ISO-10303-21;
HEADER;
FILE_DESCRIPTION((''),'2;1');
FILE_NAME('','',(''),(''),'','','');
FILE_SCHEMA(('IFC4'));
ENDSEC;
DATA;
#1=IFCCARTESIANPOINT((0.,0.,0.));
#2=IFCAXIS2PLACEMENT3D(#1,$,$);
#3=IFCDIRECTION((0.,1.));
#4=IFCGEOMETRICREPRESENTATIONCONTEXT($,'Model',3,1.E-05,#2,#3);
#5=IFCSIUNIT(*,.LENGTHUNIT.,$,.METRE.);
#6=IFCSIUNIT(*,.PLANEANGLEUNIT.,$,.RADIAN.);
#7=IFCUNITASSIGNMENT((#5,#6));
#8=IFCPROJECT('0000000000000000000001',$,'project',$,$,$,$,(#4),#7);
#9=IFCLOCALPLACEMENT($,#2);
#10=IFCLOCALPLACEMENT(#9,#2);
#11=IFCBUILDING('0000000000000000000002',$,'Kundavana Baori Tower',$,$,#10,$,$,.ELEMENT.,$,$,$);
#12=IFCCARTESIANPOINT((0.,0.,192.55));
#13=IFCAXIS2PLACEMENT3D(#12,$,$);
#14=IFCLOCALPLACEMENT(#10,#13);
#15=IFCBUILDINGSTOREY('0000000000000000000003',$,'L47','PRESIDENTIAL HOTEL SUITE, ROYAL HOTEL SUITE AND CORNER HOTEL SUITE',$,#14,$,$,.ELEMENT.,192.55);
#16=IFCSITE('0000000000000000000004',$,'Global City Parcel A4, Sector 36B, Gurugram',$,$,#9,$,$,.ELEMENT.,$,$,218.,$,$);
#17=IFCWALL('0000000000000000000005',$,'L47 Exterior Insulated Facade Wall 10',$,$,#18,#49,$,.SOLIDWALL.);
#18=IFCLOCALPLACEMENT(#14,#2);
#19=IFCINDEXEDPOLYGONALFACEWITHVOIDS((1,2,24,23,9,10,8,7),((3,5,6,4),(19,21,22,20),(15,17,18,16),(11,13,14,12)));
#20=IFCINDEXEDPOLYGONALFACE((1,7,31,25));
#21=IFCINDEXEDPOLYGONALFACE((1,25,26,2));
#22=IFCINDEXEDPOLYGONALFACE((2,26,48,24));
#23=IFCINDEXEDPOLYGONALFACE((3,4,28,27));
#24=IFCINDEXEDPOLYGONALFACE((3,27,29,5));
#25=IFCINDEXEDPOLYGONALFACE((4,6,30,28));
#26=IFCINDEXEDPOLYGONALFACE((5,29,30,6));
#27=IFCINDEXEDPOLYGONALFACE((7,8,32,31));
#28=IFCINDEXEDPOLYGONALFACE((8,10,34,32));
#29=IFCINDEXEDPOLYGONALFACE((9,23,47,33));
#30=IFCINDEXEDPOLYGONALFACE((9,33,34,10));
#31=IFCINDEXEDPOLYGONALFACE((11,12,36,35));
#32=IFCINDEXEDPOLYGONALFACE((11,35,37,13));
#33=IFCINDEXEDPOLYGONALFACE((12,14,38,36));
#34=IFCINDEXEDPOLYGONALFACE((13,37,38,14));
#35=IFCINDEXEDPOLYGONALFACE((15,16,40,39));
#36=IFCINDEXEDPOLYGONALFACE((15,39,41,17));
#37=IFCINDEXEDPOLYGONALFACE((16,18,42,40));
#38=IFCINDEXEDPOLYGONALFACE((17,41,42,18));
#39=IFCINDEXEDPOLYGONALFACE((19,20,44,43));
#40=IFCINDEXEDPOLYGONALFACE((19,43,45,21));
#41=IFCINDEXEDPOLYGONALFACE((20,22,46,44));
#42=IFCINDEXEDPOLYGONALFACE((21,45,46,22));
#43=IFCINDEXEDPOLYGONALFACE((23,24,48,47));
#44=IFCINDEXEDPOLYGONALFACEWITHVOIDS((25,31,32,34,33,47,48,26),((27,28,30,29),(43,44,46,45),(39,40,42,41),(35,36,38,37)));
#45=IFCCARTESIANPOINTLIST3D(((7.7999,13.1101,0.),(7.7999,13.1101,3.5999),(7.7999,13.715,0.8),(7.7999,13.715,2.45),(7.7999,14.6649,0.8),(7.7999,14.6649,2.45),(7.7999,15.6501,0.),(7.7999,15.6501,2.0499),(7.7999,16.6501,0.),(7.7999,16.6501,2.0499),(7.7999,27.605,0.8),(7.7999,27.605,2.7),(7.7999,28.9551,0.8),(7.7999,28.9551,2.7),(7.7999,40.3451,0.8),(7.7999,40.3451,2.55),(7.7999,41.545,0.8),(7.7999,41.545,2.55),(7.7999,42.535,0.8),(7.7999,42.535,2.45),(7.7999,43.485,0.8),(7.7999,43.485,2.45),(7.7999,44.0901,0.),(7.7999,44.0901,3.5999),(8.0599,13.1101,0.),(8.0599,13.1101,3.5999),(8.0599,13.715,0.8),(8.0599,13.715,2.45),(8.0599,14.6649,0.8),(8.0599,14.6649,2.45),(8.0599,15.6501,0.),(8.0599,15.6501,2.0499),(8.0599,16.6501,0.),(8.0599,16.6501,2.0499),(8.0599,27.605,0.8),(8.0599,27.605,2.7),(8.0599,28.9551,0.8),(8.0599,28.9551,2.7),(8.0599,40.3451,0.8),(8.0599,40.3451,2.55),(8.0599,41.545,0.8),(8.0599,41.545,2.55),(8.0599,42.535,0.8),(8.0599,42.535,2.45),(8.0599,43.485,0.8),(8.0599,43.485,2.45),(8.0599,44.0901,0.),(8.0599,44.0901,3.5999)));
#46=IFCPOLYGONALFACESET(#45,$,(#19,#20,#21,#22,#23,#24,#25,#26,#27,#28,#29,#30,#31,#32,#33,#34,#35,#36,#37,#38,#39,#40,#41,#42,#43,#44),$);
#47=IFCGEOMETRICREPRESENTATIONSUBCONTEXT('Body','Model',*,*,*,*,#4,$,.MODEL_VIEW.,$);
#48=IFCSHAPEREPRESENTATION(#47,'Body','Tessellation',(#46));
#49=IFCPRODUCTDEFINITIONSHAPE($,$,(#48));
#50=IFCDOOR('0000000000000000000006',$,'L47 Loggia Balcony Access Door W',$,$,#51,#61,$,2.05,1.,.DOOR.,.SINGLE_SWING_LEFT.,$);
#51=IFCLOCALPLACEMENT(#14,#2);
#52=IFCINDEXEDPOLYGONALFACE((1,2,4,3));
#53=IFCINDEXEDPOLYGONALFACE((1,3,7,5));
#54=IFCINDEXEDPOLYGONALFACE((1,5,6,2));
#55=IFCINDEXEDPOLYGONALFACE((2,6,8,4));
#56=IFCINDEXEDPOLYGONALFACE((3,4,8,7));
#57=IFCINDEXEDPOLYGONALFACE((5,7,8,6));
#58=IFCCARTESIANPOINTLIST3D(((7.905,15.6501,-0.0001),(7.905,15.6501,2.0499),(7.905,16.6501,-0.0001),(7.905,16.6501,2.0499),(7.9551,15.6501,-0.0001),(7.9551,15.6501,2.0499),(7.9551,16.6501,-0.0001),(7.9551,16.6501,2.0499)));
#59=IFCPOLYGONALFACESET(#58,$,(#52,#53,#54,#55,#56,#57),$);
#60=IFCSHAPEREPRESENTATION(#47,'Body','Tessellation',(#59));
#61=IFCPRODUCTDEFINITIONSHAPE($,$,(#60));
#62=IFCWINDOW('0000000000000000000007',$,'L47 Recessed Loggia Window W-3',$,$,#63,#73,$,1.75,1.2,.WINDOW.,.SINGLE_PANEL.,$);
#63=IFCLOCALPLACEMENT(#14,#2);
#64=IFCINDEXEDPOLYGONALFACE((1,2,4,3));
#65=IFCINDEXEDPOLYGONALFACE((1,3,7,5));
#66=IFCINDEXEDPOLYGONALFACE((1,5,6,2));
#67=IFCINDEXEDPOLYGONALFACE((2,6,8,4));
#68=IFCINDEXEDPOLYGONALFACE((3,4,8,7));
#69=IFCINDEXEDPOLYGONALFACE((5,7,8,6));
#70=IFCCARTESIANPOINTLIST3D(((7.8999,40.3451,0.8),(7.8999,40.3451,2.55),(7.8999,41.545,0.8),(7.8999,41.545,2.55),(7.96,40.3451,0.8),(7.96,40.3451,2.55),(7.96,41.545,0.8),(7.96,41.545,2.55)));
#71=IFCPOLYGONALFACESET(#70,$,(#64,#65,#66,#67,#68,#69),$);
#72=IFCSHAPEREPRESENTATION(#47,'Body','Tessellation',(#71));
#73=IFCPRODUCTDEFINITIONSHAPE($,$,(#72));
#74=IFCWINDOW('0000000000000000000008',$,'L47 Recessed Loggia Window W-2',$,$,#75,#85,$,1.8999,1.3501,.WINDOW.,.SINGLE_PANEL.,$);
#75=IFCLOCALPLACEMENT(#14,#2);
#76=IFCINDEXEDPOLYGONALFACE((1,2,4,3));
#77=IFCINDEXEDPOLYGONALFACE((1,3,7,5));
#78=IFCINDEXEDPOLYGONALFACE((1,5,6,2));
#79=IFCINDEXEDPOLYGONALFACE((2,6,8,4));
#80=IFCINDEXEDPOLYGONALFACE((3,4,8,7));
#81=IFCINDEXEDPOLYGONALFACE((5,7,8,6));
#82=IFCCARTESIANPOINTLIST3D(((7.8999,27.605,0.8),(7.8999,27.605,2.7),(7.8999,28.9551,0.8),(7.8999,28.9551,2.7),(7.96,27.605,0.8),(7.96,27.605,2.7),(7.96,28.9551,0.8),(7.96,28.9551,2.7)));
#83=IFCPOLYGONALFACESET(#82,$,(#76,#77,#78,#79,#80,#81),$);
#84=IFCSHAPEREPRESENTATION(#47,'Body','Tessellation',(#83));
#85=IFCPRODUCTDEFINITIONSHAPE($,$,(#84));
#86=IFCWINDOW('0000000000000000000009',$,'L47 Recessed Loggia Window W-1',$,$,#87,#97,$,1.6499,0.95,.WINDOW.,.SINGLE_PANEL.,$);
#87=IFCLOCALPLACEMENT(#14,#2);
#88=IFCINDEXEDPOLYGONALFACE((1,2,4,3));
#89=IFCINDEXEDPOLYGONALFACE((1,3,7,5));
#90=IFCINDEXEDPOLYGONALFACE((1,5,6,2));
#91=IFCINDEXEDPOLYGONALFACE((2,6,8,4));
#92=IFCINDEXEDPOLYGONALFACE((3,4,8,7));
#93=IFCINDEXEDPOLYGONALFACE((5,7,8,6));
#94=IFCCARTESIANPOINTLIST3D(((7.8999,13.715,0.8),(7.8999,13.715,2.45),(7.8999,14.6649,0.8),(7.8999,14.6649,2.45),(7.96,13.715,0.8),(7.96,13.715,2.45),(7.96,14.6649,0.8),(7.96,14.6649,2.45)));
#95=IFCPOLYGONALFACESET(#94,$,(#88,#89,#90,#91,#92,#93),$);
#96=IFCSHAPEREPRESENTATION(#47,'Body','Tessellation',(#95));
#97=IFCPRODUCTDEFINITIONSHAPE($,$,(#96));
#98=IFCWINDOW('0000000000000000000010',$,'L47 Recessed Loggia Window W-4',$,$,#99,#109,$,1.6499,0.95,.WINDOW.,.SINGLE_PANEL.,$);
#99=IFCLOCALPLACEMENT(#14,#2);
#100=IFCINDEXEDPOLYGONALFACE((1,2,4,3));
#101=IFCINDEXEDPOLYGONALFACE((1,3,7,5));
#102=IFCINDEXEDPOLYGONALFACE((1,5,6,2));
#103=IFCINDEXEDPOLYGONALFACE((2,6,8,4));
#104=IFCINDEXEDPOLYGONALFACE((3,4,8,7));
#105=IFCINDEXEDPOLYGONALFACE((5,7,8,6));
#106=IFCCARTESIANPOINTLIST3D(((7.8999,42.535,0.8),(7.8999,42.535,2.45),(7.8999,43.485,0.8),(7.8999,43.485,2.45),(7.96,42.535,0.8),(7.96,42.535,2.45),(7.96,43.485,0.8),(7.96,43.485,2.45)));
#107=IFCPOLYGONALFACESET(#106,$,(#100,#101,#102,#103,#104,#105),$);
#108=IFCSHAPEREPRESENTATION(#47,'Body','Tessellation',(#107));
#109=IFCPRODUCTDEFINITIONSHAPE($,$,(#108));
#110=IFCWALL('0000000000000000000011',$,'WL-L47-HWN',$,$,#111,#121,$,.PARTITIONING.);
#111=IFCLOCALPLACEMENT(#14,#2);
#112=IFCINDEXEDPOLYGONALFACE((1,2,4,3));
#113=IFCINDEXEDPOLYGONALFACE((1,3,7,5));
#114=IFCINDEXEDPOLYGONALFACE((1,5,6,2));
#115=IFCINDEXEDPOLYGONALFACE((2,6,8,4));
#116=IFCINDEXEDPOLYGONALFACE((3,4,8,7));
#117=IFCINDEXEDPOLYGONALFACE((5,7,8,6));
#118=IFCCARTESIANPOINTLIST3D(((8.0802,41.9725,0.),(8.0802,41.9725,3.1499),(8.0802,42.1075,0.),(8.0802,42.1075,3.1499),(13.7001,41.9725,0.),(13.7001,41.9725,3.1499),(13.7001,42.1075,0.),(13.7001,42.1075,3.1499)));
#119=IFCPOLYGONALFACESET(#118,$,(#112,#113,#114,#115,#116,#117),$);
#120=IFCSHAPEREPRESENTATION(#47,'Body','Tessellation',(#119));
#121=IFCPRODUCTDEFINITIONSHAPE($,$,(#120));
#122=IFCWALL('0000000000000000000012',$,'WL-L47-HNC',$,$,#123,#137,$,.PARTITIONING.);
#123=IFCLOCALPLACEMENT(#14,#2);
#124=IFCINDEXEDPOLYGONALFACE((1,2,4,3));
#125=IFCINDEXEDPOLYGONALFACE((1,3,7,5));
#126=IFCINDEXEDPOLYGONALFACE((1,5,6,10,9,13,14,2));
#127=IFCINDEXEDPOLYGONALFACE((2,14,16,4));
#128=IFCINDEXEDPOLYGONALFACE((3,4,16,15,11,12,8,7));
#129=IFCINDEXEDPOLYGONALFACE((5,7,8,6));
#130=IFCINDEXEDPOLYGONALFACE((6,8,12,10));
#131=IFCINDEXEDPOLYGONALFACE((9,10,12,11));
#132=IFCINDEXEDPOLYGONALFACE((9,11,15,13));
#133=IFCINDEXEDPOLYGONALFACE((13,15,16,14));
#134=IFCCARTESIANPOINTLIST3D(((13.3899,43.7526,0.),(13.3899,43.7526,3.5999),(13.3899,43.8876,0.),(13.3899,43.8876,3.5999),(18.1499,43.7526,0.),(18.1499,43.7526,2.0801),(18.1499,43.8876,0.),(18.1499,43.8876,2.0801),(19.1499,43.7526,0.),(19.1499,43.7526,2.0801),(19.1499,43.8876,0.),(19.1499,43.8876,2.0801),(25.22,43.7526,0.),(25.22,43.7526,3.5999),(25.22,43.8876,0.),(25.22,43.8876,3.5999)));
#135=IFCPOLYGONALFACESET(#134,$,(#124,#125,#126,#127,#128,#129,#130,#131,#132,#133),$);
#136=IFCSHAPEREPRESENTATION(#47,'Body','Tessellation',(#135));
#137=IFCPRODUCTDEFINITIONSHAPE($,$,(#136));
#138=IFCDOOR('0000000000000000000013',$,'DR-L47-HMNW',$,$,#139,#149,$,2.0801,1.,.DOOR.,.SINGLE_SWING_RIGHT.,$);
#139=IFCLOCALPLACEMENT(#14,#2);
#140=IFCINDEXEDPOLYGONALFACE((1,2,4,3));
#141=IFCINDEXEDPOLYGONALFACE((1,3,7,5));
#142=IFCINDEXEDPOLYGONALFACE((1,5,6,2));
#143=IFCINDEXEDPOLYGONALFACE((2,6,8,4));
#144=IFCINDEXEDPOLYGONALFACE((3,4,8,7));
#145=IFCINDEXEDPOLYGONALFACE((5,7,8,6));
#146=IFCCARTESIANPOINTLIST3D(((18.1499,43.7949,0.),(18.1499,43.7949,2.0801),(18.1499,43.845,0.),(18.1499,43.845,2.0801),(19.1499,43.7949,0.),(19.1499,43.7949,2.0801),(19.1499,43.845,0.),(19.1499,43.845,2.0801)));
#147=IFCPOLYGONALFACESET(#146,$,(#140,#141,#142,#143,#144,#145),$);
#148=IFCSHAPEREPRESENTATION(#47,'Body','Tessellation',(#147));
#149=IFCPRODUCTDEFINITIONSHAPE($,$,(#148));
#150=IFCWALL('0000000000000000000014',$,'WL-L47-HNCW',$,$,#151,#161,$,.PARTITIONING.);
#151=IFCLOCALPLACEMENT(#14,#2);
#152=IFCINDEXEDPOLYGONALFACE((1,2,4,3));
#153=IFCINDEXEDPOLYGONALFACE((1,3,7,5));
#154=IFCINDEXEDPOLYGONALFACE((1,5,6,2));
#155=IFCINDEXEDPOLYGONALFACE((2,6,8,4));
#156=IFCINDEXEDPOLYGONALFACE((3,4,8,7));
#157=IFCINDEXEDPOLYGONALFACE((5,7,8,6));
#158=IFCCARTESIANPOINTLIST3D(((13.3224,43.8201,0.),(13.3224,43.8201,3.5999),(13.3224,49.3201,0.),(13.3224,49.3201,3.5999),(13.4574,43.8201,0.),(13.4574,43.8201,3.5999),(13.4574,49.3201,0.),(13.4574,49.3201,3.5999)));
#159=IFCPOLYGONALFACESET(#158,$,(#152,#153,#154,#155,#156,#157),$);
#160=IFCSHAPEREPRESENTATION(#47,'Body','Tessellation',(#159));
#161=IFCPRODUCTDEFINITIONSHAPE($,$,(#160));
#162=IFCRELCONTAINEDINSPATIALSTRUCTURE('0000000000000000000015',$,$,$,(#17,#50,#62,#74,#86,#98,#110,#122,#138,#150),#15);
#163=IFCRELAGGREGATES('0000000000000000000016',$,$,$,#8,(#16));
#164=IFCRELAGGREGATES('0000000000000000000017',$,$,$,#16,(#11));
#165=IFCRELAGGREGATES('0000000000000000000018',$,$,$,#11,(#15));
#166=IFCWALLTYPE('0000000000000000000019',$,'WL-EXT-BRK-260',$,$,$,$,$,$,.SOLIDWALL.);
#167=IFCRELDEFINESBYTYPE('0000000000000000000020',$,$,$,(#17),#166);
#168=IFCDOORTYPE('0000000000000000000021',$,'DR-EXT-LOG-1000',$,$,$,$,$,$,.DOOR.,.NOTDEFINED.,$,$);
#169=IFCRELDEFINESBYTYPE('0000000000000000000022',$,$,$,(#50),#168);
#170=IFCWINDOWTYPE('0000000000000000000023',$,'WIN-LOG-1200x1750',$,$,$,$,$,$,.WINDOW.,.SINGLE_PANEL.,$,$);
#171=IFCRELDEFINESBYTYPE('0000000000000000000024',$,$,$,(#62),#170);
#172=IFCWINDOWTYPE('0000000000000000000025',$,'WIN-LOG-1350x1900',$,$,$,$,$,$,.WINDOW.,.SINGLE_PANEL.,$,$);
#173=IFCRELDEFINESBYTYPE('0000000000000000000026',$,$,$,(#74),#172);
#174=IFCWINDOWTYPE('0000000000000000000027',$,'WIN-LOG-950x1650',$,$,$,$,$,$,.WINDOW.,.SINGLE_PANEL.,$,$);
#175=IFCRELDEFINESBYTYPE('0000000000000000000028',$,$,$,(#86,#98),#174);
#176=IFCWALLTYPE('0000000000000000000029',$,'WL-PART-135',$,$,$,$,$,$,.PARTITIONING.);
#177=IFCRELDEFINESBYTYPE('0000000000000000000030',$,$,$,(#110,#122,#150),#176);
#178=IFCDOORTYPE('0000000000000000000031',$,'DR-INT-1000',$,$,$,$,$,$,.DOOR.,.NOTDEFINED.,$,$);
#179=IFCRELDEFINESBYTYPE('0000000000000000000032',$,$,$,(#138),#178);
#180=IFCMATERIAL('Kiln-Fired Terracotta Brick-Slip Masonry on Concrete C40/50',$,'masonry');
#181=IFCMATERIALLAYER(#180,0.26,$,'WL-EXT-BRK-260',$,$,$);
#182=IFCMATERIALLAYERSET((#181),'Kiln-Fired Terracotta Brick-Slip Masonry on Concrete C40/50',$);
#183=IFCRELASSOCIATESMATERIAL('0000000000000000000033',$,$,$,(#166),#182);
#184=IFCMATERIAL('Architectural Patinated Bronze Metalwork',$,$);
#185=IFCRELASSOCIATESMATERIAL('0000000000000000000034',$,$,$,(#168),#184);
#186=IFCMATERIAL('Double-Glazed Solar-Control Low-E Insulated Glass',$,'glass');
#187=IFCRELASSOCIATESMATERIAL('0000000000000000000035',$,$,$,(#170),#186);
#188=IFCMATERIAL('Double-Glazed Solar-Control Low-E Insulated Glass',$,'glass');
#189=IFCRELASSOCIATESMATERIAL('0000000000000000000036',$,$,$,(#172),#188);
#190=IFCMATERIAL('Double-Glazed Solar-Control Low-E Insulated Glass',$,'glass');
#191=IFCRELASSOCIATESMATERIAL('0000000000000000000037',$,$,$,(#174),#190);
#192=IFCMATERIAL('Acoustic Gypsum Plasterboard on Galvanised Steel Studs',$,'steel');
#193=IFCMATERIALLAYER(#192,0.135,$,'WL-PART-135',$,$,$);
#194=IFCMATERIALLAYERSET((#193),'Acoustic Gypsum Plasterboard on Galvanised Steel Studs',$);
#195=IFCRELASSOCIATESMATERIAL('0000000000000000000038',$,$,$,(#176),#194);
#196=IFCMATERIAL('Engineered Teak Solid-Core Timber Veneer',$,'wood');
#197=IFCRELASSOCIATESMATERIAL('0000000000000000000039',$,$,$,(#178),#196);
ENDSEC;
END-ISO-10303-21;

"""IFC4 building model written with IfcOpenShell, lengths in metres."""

from ifc_helpers import new_model, si_unit, direction, frame, frame_2d, origin, place, context, subcontext, project, spatial, rectangle, extrude, material, layer, layer_set, type_object, element, fill, save


model = new_model("IFC4")

# Units and contexts
model_context = context("Model", 3, precision=1e-05, world=origin(), true_north=direction((0.0, 1.0)))
body_context = subcontext(model_context, "Body", "Model", "MODEL_VIEW")
ifc_project = project(units=[si_unit("LENGTHUNIT", "METRE"), si_unit("PLANEANGLEUNIT", "RADIAN")], contexts=[model_context])

# Site, building, storey
site_placement = place(None, origin())
site = spatial("IfcSite", under=ifc_project, at=site_placement, Name="Global City Parcel A4, Sector 36B, Gurugram", CompositionType="ELEMENT", RefElevation=218.0)
building_placement = place(site_placement, origin())
building = spatial("IfcBuilding", under=site, at=building_placement, Name="Kundavana Baori Tower", CompositionType="ELEMENT")
storey_placement = place(building_placement, frame((0.0, 0.0, 192.55)))
storey = spatial("IfcBuildingStorey", under=building, at=storey_placement, Name="L47", Description="PRESIDENTIAL HOTEL SUITE, ROYAL HOTEL SUITE AND CORNER HOTEL SUITE", CompositionType="ELEMENT", Elevation=192.55)

# Shared definitions
ifc_material_1 = material(Name="Kiln-Fired Terracotta Brick-Slip Masonry on Concrete C40/50", Category="masonry")
ifc_layer_1 = layer(ifc_material_1, 0.26, Name="WL-EXT-BRK-260")
ifc_layer_set_1 = layer_set([ifc_layer_1], Name="Kiln-Fired Terracotta Brick-Slip Masonry on Concrete C40/50")
wall_type_1 = type_object("IfcWallType", Name="WL-EXT-BRK-260", PredefinedType="SOLIDWALL", material=ifc_layer_set_1)

# Wall, openings, door, windows
wall_1_placement = place(storey_placement, frame((7.9299, 44.0901, 0.0), z_axis=(0.0, 0.0, 1.0), x_axis=(0.0, -1.0, 0.0)))
wall_1 = element("IfcWall", 1, at=wall_1_placement, inside=storey, type_object=wall_type_1, Name="L47 Exterior Insulated Facade Wall 10", PredefinedType="SOLIDWALL", context=body_context, shape_type="SweptSolid", body=[
    extrude(rectangle(XDim=30.98, YDim=0.26, at=frame_2d((15.49, 0.0))), origin(), (0.0, 0.0, 1.0), 3.5999),
])
opening_1_placement = place(wall_1_placement, frame((29.425, 0.0, 0.8)))
opening_1 = element("IfcOpeningElement", 2, at=opening_1_placement, cuts=wall_1, PredefinedType="OPENING", context=body_context, shape_type="SweptSolid", body=[
    extrude(rectangle(XDim=0.95, YDim=1.6499, at=frame_2d((0.4751, 0.825))), frame((0.0, 0.1401, 0.0), z_axis=(0.0, -1.0, 0.0), x_axis=(1.0, 0.0, 0.0)), (0.0, 0.0, 1.0), 0.28),
])
opening_2_placement = place(wall_1_placement, frame((27.4399, 0.0, 0.0)))
opening_2 = element("IfcOpeningElement", 3, at=opening_2_placement, cuts=wall_1, PredefinedType="OPENING", context=body_context, shape_type="SweptSolid", body=[
    extrude(rectangle(XDim=1.0, YDim=2.05, at=frame_2d((0.5, 1.0249))), frame((0.0, 0.1401, 0.0), z_axis=(0.0, -1.0, 0.0), x_axis=(1.0, 0.0, 0.0)), (0.0, 0.0, 1.0), 0.28),
])
opening_3_placement = place(wall_1_placement, frame((15.135, 0.0, 0.8)))
opening_3 = element("IfcOpeningElement", 4, at=opening_3_placement, cuts=wall_1, PredefinedType="OPENING", context=body_context, shape_type="SweptSolid", body=[
    extrude(rectangle(XDim=1.3501, YDim=1.8999, at=frame_2d((0.675, 0.95))), frame((0.0, 0.1401, 0.0), z_axis=(0.0, -1.0, 0.0), x_axis=(1.0, 0.0, 0.0)), (0.0, 0.0, 1.0), 0.28),
])
opening_4_placement = place(wall_1_placement, frame((2.5449, 0.0, 0.8)))
opening_4 = element("IfcOpeningElement", 5, at=opening_4_placement, cuts=wall_1, PredefinedType="OPENING", context=body_context, shape_type="SweptSolid", body=[
    extrude(rectangle(XDim=1.2, YDim=1.75, at=frame_2d((0.6001, 0.875))), frame((0.0, 0.1401, 0.0), z_axis=(0.0, -1.0, 0.0), x_axis=(1.0, 0.0, 0.0)), (0.0, 0.0, 1.0), 0.28),
])
opening_5_placement = place(wall_1_placement, frame((0.605, 0.0, 0.8)))
opening_5 = element("IfcOpeningElement", 6, at=opening_5_placement, cuts=wall_1, PredefinedType="OPENING", context=body_context, shape_type="SweptSolid", body=[
    extrude(rectangle(XDim=0.95, YDim=1.6499, at=frame_2d((0.4751, 0.825))), frame((0.0, 0.1401, 0.0), z_axis=(0.0, -1.0, 0.0), x_axis=(1.0, 0.0, 0.0)), (0.0, 0.0, 1.0), 0.28),
])
ifc_material_2 = material(Name="Architectural Patinated Bronze Metalwork")
door_type_1 = type_object("IfcDoorType", Name="DR-EXT-LOG-1000", OperationType="NOTDEFINED", PredefinedType="DOOR", material=ifc_material_2)
door_1_placement = place(opening_2_placement, frame((1.0, 0.0, 0.0), z_axis=(0.0, 0.0, 1.0), x_axis=(-1.0, 0.0, 0.0)))
door_1 = element("IfcDoor", 7, at=door_1_placement, inside=storey, type_object=door_type_1, Name="L47 Loggia Balcony Access Door W", OperationType="SINGLE_SWING_LEFT", OverallHeight=2.05, OverallWidth=1.0, PredefinedType="DOOR", context=body_context, shape_type="SweptSolid", body=[
    extrude(rectangle(XDim=1.0, YDim=2.05, at=frame_2d((0.5, 1.0249))), frame((0.0, 0.0249, 0.0), z_axis=(0.0, -1.0, 0.0), x_axis=(1.0, 0.0, 0.0)), (0.0, 0.0, 1.0), 0.05),
])
fill(opening_2, door_1)
ifc_material_3 = material(Name="Double-Glazed Solar-Control Low-E Insulated Glass", Category="glass")
window_type_1 = type_object("IfcWindowType", Name="WIN-LOG-1200x1750", PartitioningType="SINGLE_PANEL", PredefinedType="WINDOW", material=ifc_material_3)
window_1_placement = place(opening_4_placement, origin())
window_1 = element("IfcWindow", 8, at=window_1_placement, inside=storey, type_object=window_type_1, Name="L47 Recessed Loggia Window W-3", OverallHeight=1.75, OverallWidth=1.2, PartitioningType="SINGLE_PANEL", PredefinedType="WINDOW", context=body_context, shape_type="SweptSolid", body=[
    extrude(rectangle(XDim=1.2, YDim=1.75, at=frame_2d((0.6001, 0.875))), frame((0.0, 0.03, 0.0), z_axis=(0.0, -1.0, 0.0), x_axis=(1.0, 0.0, 0.0)), (0.0, 0.0, 1.0), 0.0601),
])
fill(opening_4, window_1)
ifc_material_4 = material(Name="Double-Glazed Solar-Control Low-E Insulated Glass", Category="glass")
window_type_2 = type_object("IfcWindowType", Name="WIN-LOG-1350x1900", PartitioningType="SINGLE_PANEL", PredefinedType="WINDOW", material=ifc_material_4)
window_2_placement = place(opening_3_placement, origin())
window_2 = element("IfcWindow", 9, at=window_2_placement, inside=storey, type_object=window_type_2, Name="L47 Recessed Loggia Window W-2", OverallHeight=1.8999, OverallWidth=1.3501, PartitioningType="SINGLE_PANEL", PredefinedType="WINDOW", context=body_context, shape_type="SweptSolid", body=[
    extrude(rectangle(XDim=1.3501, YDim=1.8999, at=frame_2d((0.675, 0.95))), frame((0.0, 0.03, 0.0), z_axis=(0.0, -1.0, 0.0), x_axis=(1.0, 0.0, 0.0)), (0.0, 0.0, 1.0), 0.0601),
])
fill(opening_3, window_2)
ifc_material_5 = material(Name="Double-Glazed Solar-Control Low-E Insulated Glass", Category="glass")
window_type_3 = type_object("IfcWindowType", Name="WIN-LOG-950x1650", PartitioningType="SINGLE_PANEL", PredefinedType="WINDOW", material=ifc_material_5)
window_3_placement = place(opening_1_placement, origin())
window_3 = element("IfcWindow", 10, at=window_3_placement, inside=storey, type_object=window_type_3, Name="L47 Recessed Loggia Window W-1", OverallHeight=1.6499, OverallWidth=0.95, PartitioningType="SINGLE_PANEL", PredefinedType="WINDOW", context=body_context, shape_type="SweptSolid", body=[
    extrude(rectangle(XDim=0.95, YDim=1.6499, at=frame_2d((0.4751, 0.825))), frame((0.0, 0.03, 0.0), z_axis=(0.0, -1.0, 0.0), x_axis=(1.0, 0.0, 0.0)), (0.0, 0.0, 1.0), 0.0601),
])
fill(opening_1, window_3)
window_4_placement = place(opening_5_placement, origin())
window_4 = element("IfcWindow", 11, at=window_4_placement, inside=storey, type_object=window_type_3, Name="L47 Recessed Loggia Window W-4", OverallHeight=1.6499, OverallWidth=0.95, PartitioningType="SINGLE_PANEL", PredefinedType="WINDOW", context=body_context, shape_type="SweptSolid", body=[
    extrude(rectangle(XDim=0.95, YDim=1.6499, at=frame_2d((0.4751, 0.825))), frame((0.0, 0.03, 0.0), z_axis=(0.0, -1.0, 0.0), x_axis=(1.0, 0.0, 0.0)), (0.0, 0.0, 1.0), 0.0601),
])
fill(opening_5, window_4)

# Wall
ifc_material_6 = material(Name="Acoustic Gypsum Plasterboard on Galvanised Steel Studs", Category="steel")
ifc_layer_2 = layer(ifc_material_6, 0.135, Name="WL-PART-135")
ifc_layer_set_2 = layer_set([ifc_layer_2], Name="Acoustic Gypsum Plasterboard on Galvanised Steel Studs")
wall_type_2 = type_object("IfcWallType", Name="WL-PART-135", PredefinedType="PARTITIONING", material=ifc_layer_set_2)
wall_2_placement = place(storey_placement, frame((8.0801, 42.04, 0.0), z_axis=(0.0, 0.0, 1.0), x_axis=(1.0, 0.0, 0.0)))
element("IfcWall", 12, at=wall_2_placement, inside=storey, type_object=wall_type_2, Name="WL-L47-HWN", PredefinedType="PARTITIONING", context=body_context, shape_type="SweptSolid", body=[
    extrude(rectangle(XDim=5.6199, YDim=0.135, at=frame_2d((2.8101, 0.0))), origin(), (0.0, 0.0, 1.0), 3.1499),
])

# Wall, opening, door
wall_3_placement = place(storey_placement, frame((13.3899, 43.8201, 0.0), z_axis=(0.0, 0.0, 1.0), x_axis=(1.0, 0.0, 0.0)))
wall_3 = element("IfcWall", 13, at=wall_3_placement, inside=storey, type_object=wall_type_2, Name="WL-L47-HNC", PredefinedType="PARTITIONING", context=body_context, shape_type="SweptSolid", body=[
    extrude(rectangle(XDim=11.8301, YDim=0.135, at=frame_2d((5.915, 0.0))), origin(), (0.0, 0.0, 1.0), 3.5999),
])
opening_6_placement = place(wall_3_placement, frame((4.76, 0.0, 0.0)))
opening_6 = element("IfcOpeningElement", 14, at=opening_6_placement, cuts=wall_3, PredefinedType="OPENING", context=body_context, shape_type="SweptSolid", body=[
    extrude(rectangle(XDim=1.0, YDim=2.0801, at=frame_2d((0.5, 1.04))), frame((0.0, 0.0776, 0.0), z_axis=(0.0, -1.0, 0.0), x_axis=(1.0, 0.0, 0.0)), (0.0, 0.0, 1.0), 0.155),
])
ifc_material_7 = material(Name="Engineered Teak Solid-Core Timber Veneer", Category="wood")
door_type_2 = type_object("IfcDoorType", Name="DR-INT-1000", OperationType="NOTDEFINED", PredefinedType="DOOR", material=ifc_material_7)
door_2_placement = place(opening_6_placement, origin())
door_2 = element("IfcDoor", 15, at=door_2_placement, inside=storey, type_object=door_type_2, Name="DR-L47-HMNW", OperationType="SINGLE_SWING_RIGHT", OverallHeight=2.0801, OverallWidth=1.0, PredefinedType="DOOR", context=body_context, shape_type="SweptSolid", body=[
    extrude(rectangle(XDim=1.0, YDim=2.0801, at=frame_2d((0.5, 1.04))), frame((0.0, 0.0249, 0.0), z_axis=(0.0, -1.0, 0.0), x_axis=(1.0, 0.0, 0.0)), (0.0, 0.0, 1.0), 0.05),
])
fill(opening_6, door_2)

# Wall
wall_4_placement = place(storey_placement, frame((13.3899, 43.8201, 0.0), z_axis=(0.0, 0.0, 1.0), x_axis=(0.0, 1.0, 0.0)))
element("IfcWall", 16, at=wall_4_placement, inside=storey, type_object=wall_type_2, Name="WL-L47-HNCW", PredefinedType="PARTITIONING", context=body_context, shape_type="SweptSolid", body=[
    extrude(rectangle(XDim=5.5, YDim=0.135, at=frame_2d((2.75, 0.0))), origin(), (0.0, 0.0, 1.0), 3.5999),
])

save(model, "model.ifc")
